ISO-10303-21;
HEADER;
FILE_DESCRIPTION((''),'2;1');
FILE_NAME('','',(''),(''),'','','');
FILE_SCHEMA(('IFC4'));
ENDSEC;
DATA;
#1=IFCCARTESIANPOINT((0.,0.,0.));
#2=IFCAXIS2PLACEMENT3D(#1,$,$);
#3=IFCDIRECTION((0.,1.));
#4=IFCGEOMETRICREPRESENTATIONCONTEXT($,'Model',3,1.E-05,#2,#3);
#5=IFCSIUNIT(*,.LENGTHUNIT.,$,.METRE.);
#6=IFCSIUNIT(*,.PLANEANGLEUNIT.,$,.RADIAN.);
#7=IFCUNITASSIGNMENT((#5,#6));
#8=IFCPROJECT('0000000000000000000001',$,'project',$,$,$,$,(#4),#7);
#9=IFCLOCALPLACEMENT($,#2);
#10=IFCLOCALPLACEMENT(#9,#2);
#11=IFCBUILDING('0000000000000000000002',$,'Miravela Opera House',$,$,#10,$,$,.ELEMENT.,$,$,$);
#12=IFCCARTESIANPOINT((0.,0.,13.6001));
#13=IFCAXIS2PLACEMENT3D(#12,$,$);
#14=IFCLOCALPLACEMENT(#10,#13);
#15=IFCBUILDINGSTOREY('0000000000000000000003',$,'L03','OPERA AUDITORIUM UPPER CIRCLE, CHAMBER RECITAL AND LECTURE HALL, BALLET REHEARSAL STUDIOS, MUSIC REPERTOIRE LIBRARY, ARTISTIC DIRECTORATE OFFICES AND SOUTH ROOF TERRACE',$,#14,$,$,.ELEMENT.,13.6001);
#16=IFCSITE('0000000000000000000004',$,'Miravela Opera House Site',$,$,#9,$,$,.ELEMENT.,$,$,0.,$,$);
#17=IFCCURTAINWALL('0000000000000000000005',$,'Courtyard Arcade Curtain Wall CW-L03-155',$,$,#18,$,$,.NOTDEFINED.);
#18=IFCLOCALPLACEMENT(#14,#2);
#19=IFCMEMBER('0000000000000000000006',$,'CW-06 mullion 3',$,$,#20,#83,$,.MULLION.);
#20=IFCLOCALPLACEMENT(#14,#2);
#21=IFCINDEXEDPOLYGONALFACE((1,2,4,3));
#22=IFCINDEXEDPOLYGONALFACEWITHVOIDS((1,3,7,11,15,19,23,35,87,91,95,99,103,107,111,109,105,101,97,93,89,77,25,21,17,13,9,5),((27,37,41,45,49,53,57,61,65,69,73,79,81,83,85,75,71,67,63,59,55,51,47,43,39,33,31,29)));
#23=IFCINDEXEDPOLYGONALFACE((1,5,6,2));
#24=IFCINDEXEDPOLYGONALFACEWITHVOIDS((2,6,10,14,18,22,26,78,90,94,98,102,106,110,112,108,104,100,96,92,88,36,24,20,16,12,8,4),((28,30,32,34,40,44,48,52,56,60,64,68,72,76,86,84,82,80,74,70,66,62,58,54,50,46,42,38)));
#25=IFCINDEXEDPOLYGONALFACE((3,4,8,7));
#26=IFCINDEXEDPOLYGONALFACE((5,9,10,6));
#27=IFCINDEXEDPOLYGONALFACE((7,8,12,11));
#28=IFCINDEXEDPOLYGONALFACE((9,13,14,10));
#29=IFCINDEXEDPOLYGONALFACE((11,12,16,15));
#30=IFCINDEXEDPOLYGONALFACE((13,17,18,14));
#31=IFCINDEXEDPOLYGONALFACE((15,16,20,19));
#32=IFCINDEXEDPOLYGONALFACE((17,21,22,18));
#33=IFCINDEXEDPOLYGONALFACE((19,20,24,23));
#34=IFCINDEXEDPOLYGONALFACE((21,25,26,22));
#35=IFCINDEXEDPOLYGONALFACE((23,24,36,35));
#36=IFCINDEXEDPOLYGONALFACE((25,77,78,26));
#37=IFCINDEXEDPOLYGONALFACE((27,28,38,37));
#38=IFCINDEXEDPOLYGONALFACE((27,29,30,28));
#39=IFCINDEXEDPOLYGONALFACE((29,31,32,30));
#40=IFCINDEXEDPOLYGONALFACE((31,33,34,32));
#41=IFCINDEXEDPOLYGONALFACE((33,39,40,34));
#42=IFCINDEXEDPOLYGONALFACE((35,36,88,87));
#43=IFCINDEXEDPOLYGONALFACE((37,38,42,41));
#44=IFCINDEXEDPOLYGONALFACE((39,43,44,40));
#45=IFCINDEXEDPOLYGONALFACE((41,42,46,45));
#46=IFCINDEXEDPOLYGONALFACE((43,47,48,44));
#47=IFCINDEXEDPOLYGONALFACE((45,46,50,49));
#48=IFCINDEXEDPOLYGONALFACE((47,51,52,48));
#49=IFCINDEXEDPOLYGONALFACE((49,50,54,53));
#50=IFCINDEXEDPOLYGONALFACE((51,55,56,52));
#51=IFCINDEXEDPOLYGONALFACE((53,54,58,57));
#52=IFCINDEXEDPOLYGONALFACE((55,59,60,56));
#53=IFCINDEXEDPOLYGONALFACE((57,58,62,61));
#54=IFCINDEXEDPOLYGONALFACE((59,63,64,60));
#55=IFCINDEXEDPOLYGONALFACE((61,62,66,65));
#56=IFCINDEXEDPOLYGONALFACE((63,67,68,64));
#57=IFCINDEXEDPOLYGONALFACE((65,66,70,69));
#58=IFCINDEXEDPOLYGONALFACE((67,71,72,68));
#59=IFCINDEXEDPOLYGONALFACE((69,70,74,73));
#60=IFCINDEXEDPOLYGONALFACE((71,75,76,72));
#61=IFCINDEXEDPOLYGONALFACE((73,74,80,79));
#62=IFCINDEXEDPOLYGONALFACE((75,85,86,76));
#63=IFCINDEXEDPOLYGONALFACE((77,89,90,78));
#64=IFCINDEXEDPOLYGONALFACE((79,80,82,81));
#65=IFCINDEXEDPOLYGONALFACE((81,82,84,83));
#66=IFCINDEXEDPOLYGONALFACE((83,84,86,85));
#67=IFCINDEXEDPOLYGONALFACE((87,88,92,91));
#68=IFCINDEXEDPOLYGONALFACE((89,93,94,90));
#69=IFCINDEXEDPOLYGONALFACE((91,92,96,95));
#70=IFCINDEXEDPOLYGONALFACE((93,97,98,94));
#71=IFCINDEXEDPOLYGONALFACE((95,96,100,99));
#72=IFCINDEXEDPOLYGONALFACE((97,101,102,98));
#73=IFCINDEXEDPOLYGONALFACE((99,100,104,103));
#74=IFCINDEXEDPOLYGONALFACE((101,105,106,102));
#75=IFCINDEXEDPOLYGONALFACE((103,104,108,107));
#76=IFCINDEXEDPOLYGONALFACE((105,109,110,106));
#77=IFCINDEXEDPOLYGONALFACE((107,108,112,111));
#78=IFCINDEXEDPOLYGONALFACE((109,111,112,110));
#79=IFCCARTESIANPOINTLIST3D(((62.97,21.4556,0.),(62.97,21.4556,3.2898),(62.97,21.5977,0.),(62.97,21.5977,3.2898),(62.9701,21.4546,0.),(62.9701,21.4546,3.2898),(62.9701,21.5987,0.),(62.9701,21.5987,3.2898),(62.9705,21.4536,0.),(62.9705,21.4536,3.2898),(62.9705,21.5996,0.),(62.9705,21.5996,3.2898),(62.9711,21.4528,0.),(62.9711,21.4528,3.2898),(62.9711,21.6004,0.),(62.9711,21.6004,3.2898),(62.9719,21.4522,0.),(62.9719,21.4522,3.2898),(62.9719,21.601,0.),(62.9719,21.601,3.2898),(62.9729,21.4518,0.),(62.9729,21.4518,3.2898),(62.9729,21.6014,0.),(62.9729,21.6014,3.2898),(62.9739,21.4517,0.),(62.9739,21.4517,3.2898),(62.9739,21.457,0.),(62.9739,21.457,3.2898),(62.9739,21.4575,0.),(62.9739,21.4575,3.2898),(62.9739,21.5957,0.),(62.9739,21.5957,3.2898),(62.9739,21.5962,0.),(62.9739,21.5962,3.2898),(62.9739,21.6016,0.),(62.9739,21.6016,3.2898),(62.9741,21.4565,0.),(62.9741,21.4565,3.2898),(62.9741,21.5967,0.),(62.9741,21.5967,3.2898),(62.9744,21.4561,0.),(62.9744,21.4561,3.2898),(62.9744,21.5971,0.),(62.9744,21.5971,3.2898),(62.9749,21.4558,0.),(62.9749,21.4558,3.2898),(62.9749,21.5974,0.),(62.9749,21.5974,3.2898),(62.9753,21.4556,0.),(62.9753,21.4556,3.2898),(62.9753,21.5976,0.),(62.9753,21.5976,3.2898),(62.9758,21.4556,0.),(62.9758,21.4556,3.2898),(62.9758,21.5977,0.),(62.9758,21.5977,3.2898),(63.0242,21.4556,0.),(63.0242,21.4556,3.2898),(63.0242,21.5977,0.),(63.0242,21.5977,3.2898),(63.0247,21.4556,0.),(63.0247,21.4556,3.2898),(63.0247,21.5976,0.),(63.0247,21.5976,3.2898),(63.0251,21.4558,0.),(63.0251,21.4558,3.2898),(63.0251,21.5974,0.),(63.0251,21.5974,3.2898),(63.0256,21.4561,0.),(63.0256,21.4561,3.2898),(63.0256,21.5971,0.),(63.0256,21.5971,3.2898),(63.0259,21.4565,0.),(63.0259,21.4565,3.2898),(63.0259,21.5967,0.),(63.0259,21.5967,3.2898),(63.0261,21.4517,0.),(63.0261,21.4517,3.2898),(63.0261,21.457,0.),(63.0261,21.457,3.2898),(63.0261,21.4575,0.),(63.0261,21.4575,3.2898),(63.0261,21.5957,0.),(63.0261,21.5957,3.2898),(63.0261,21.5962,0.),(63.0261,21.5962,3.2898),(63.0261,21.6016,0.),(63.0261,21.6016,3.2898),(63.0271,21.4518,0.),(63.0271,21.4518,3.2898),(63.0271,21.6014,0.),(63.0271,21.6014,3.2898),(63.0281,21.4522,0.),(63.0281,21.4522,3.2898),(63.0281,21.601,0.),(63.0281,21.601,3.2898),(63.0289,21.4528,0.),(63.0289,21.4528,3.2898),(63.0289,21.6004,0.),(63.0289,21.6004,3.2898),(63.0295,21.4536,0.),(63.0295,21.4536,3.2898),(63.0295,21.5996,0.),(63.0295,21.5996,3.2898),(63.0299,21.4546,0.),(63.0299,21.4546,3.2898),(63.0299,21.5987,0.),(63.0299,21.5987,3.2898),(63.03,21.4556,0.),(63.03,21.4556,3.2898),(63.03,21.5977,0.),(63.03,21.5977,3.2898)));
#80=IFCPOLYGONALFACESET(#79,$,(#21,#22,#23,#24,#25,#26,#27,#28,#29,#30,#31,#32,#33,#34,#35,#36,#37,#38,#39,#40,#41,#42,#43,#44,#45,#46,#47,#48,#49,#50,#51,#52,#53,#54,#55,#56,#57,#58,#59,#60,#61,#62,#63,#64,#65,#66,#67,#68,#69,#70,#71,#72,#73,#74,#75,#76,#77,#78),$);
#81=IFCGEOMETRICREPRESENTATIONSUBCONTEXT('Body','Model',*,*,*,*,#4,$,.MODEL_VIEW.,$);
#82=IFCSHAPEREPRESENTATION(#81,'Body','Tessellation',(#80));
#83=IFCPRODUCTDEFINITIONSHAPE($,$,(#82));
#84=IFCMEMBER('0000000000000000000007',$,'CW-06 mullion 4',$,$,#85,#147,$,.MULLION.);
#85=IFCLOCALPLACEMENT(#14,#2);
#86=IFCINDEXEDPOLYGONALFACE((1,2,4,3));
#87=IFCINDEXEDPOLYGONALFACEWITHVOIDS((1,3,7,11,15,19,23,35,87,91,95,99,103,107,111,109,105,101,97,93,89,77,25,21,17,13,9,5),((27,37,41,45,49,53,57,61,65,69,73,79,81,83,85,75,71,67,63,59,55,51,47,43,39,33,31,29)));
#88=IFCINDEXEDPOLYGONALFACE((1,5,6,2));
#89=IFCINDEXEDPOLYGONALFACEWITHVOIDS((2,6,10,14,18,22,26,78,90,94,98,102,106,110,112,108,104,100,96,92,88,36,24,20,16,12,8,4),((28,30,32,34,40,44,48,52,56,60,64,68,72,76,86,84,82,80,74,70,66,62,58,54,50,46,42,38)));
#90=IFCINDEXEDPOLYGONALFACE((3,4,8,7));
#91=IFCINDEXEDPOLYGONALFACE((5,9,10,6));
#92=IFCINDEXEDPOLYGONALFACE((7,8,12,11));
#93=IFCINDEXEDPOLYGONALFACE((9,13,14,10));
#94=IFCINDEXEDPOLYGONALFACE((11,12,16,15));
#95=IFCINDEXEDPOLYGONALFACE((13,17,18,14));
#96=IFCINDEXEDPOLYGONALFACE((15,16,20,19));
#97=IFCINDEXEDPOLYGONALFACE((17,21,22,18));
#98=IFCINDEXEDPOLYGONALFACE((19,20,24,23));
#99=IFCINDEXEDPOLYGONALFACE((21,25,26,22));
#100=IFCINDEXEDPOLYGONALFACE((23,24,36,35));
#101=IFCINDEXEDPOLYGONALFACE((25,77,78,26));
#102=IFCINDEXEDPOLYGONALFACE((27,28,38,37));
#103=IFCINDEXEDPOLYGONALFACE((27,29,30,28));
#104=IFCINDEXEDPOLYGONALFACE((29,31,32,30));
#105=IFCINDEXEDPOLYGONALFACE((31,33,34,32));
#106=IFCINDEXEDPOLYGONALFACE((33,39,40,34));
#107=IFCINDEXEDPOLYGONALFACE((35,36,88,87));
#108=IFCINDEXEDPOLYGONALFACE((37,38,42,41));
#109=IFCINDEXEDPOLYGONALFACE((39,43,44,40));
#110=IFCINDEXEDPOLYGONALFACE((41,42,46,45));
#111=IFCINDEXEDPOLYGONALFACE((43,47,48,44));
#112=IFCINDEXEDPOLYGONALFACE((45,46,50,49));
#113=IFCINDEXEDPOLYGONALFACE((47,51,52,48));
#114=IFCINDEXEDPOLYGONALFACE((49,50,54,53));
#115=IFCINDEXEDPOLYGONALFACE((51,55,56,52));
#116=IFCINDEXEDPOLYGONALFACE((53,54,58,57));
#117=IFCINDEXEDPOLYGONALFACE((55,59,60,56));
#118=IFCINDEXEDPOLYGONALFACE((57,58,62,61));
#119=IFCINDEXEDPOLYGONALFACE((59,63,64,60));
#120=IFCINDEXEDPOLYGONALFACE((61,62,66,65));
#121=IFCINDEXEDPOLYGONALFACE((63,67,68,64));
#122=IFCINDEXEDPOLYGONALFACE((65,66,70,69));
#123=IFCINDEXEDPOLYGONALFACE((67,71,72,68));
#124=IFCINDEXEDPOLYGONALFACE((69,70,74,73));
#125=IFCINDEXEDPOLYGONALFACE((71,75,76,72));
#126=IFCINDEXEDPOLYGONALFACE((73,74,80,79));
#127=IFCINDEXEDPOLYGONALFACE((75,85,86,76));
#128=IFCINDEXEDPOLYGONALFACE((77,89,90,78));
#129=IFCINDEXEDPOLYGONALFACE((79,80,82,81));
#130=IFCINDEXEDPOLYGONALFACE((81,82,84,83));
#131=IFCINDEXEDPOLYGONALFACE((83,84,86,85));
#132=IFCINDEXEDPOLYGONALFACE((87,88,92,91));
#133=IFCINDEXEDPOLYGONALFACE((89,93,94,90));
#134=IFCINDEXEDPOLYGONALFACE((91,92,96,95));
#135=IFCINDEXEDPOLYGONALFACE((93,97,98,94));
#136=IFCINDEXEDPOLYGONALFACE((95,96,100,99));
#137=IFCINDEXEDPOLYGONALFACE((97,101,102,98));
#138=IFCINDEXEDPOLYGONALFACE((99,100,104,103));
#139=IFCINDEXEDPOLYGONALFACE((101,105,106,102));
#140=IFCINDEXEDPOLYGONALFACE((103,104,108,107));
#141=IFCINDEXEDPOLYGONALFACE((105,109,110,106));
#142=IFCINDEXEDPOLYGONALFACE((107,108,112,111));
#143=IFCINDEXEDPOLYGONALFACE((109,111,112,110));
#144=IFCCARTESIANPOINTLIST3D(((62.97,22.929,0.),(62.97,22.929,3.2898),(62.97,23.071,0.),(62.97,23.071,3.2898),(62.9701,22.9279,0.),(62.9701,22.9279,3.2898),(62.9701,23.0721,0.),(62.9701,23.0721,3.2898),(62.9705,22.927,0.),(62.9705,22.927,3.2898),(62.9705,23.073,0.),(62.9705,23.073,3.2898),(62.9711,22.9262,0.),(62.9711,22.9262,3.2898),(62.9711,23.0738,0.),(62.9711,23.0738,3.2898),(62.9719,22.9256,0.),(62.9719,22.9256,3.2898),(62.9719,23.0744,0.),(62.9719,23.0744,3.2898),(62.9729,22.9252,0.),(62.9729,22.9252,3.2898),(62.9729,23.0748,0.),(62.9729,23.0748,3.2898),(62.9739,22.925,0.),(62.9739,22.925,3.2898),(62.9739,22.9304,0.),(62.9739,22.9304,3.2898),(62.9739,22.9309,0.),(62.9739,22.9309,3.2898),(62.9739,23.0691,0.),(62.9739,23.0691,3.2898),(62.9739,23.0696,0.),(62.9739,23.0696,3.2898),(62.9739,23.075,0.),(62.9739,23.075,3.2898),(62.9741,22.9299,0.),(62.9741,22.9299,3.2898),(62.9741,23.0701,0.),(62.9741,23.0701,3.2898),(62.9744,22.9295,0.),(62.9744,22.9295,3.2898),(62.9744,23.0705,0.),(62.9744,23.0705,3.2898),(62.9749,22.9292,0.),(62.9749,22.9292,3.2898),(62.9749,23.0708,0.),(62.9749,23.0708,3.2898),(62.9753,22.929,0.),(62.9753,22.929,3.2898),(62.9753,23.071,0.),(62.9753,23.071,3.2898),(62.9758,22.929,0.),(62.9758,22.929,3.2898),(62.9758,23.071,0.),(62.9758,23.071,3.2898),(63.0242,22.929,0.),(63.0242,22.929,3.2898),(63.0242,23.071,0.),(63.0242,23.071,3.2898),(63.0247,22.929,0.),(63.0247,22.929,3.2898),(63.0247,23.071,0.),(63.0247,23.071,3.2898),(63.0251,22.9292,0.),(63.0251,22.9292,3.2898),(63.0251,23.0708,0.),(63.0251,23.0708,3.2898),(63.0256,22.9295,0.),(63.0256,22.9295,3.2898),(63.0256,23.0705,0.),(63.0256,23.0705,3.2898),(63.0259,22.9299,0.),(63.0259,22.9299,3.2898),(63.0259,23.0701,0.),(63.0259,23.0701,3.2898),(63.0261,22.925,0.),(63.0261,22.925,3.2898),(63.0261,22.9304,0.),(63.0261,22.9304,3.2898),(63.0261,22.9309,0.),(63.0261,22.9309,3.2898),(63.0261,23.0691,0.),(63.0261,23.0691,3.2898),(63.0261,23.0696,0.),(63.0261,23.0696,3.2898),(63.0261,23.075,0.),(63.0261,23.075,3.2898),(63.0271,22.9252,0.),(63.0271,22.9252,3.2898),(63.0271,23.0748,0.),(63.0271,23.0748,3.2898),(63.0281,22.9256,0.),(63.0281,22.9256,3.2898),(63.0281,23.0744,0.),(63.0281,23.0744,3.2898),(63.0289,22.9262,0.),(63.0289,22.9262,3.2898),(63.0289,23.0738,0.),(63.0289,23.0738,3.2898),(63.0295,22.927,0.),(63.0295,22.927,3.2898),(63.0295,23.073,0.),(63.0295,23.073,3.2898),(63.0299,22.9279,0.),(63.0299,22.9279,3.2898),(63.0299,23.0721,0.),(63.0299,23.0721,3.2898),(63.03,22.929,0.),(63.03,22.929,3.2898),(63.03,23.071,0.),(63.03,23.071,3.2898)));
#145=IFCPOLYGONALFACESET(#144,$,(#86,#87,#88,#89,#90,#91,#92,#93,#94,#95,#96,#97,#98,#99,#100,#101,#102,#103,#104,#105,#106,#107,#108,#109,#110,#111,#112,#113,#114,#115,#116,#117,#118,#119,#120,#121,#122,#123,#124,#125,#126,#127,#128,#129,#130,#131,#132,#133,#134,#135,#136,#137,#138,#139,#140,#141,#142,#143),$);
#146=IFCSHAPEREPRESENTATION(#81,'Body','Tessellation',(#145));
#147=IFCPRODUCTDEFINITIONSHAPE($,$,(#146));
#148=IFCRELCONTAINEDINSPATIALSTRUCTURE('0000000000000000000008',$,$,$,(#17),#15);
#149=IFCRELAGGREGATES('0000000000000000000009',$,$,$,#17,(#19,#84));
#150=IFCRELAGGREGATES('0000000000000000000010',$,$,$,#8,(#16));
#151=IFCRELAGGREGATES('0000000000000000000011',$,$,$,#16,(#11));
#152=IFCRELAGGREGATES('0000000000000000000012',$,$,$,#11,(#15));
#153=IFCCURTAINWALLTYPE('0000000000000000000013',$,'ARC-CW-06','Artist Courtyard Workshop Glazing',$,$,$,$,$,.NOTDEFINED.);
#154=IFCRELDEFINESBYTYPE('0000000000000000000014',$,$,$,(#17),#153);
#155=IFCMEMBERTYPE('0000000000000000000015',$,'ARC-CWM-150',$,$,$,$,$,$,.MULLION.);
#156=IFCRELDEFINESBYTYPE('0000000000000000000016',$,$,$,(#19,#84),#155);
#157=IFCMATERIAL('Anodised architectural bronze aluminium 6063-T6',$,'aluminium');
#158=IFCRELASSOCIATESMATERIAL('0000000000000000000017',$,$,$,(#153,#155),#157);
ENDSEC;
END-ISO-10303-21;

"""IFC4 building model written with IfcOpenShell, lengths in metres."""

from ifc_helpers import new_model, si_unit, direction, frame, origin, origin_2d, place, context, subcontext, project, spatial, hollow_rectangle, extrude, material, material_profile, profile_set, type_object, element, aggregate, save


model = new_model("IFC4")

# Units and contexts
model_context = context("Model", 3, precision=1e-05, world=origin(), true_north=direction((0.0, 1.0)))
body_context = subcontext(model_context, "Body", "Model", "MODEL_VIEW")
ifc_project = project(units=[si_unit("LENGTHUNIT", "METRE"), si_unit("PLANEANGLEUNIT", "RADIAN")], contexts=[model_context])

# Site, building, storey
site_placement = place(None, origin())
site = spatial("IfcSite", under=ifc_project, at=site_placement, Name="Miravela Opera House Site", CompositionType="ELEMENT", RefElevation=0.0)
building_placement = place(site_placement, origin())
building = spatial("IfcBuilding", under=site, at=building_placement, Name="Miravela Opera House", CompositionType="ELEMENT")
storey_placement = place(building_placement, frame((0.0, 0.0, 13.6001)))
storey = spatial("IfcBuildingStorey", under=building, at=storey_placement, Name="L03", Description="OPERA AUDITORIUM UPPER CIRCLE, CHAMBER RECITAL AND LECTURE HALL, BALLET REHEARSAL STUDIOS, MUSIC REPERTOIRE LIBRARY, ARTISTIC DIRECTORATE OFFICES AND SOUTH ROOF TERRACE", CompositionType="ELEMENT", Elevation=13.6001)

# Curtain wall, members
ifc_material_1 = material(Name="Anodised architectural bronze aluminium 6063-T6", Category="aluminium")
curtain_wall_type = type_object("IfcCurtainWallType", Name="ARC-CW-06", Description="Artist Courtyard Workshop Glazing", PredefinedType="NOTDEFINED", material=ifc_material_1)
curtain_wall_placement = place(storey_placement, origin())
curtain_wall = element("IfcCurtainWall", 1, at=curtain_wall_placement, inside=storey, type_object=curtain_wall_type, Name="Courtyard Arcade Curtain Wall CW-L03-155", PredefinedType="NOTDEFINED")
ifc_material_profile_1 = material_profile(ifc_material_1, hollow_rectangle(XDim=0.0601, YDim=0.1499, WallThickness=0.0039, InnerFilletRadius=0.002, OuterFilletRadius=0.0039, at=origin_2d()), Name="CWM-60X150")
ifc_profile_set_1 = profile_set([ifc_material_profile_1])
member_type_1 = type_object("IfcMemberType", Name="ARC-CWM-150", PredefinedType="MULLION", material=ifc_profile_set_1)
member_1_placement = place(storey_placement, frame((63.0, 21.5266, 0.0), z_axis=(0.0, 0.0, 1.0), x_axis=(-1.0, 0.0, 0.0)))
member_1 = element("IfcMember", 2, at=member_1_placement, type_object=member_type_1, Name="CW-06 mullion 3", PredefinedType="MULLION", context=body_context, shape_type="SweptSolid", body=[
    extrude(hollow_rectangle(XDim=0.0601, YDim=0.1499, WallThickness=0.0039, InnerFilletRadius=0.002, OuterFilletRadius=0.0039, at=origin_2d()), origin(), (0.0, 0.0, 1.0), 3.2898),
])
member_2_placement = place(storey_placement, frame((63.0, 23.0, 0.0), z_axis=(0.0, 0.0, 1.0), x_axis=(-1.0, 0.0, 0.0)))
member_2 = element("IfcMember", 3, at=member_2_placement, type_object=member_type_1, Name="CW-06 mullion 4", PredefinedType="MULLION", context=body_context, shape_type="SweptSolid", body=[
    extrude(hollow_rectangle(XDim=0.0601, YDim=0.1499, WallThickness=0.0039, InnerFilletRadius=0.002, OuterFilletRadius=0.0039, at=origin_2d()), origin(), (0.0, 0.0, 1.0), 3.2898),
])
aggregate(curtain_wall, [member_1, member_2])

save(model, "model.ifc")
